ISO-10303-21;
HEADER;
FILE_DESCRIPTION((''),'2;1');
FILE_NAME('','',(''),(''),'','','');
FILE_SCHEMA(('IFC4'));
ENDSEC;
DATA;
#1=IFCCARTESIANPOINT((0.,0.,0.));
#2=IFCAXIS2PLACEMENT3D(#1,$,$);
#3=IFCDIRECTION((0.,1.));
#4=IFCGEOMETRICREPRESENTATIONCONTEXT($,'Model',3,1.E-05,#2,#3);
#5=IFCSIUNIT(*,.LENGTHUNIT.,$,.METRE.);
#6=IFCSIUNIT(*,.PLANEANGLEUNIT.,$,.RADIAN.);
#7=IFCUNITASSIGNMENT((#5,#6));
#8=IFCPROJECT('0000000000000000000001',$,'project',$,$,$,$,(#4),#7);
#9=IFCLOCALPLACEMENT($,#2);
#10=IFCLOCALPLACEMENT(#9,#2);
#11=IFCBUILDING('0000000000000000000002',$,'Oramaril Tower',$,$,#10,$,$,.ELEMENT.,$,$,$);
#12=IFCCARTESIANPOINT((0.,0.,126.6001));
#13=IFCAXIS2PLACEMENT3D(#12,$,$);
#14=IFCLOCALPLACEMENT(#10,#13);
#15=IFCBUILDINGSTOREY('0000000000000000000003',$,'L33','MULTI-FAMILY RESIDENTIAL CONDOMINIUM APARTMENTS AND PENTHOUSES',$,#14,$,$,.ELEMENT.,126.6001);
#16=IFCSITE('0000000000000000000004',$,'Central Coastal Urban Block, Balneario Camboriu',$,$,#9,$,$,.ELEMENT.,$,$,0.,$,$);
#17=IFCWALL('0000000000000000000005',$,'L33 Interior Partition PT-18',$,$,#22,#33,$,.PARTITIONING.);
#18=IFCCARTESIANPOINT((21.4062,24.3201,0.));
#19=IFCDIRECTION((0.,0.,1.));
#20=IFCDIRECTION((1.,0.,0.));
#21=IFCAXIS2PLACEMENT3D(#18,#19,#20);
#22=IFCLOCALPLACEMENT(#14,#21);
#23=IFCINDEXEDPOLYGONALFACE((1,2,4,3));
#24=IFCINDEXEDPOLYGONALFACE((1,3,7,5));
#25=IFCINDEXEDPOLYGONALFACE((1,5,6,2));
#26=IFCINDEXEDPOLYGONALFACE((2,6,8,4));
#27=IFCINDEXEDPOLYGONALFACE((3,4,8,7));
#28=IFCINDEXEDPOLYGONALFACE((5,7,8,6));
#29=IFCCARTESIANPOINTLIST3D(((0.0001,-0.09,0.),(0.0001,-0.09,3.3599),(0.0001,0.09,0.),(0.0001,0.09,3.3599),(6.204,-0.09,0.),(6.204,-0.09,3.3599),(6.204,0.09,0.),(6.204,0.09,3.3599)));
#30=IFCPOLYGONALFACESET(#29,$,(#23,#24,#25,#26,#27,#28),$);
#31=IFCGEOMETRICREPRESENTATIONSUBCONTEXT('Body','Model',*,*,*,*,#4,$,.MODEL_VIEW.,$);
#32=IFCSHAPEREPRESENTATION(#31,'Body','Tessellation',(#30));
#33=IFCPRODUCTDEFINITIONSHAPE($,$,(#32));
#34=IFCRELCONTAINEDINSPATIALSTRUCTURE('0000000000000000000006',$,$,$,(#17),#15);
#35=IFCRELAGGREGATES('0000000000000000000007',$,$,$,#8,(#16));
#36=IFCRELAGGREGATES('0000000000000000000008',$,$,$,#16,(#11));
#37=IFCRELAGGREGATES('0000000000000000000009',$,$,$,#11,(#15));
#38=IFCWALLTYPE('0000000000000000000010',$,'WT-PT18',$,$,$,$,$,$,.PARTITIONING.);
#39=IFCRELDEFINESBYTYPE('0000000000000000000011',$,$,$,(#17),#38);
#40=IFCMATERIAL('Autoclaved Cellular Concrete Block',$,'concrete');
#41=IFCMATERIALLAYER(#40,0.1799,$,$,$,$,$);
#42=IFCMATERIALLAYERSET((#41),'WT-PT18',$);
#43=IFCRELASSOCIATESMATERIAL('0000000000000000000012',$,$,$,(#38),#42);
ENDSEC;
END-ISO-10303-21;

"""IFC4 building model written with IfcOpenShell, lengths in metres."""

from ifc_helpers import new_model, si_unit, direction, frame, frame_2d, origin, place, context, subcontext, project, spatial, rectangle, extrude, material, layer, layer_set, type_object, element, save


model = new_model("IFC4")

# Units and contexts
model_context = context("Model", 3, precision=1e-05, world=origin(), true_north=direction((0.0, 1.0)))
body_context = subcontext(model_context, "Body", "Model", "MODEL_VIEW")
ifc_project = project(units=[si_unit("LENGTHUNIT", "METRE"), si_unit("PLANEANGLEUNIT", "RADIAN")], contexts=[model_context])

# Site, building, storey
site_placement = place(None, origin())
site = spatial("IfcSite", under=ifc_project, at=site_placement, Name="Central Coastal Urban Block, Balneario Camboriu", CompositionType="ELEMENT", RefElevation=0.0)
building_placement = place(site_placement, origin())
building = spatial("IfcBuilding", under=site, at=building_placement, Name="Oramaril Tower", CompositionType="ELEMENT")
storey_placement = place(building_placement, frame((0.0, 0.0, 126.6001)))
storey = spatial("IfcBuildingStorey", under=building, at=storey_placement, Name="L33", Description="MULTI-FAMILY RESIDENTIAL CONDOMINIUM APARTMENTS AND PENTHOUSES", CompositionType="ELEMENT", Elevation=126.6001)

# Wall
ifc_material_1 = material(Name="Autoclaved Cellular Concrete Block", Category="concrete")
ifc_layer_1 = layer(ifc_material_1, 0.1799)
ifc_layer_set_1 = layer_set([ifc_layer_1], Name="WT-PT18")
wall_type_1 = type_object("IfcWallType", Name="WT-PT18", PredefinedType="PARTITIONING", material=ifc_layer_set_1)
wall_1_placement = place(storey_placement, frame((21.4062, 24.3201, 0.0), z_axis=(0.0, 0.0, 1.0), x_axis=(1.0, 0.0, 0.0)))
element("IfcWall", 1, at=wall_1_placement, inside=storey, type_object=wall_type_1, Name="L33 Interior Partition PT-18", PredefinedType="PARTITIONING", context=body_context, shape_type="SweptSolid", body=[
    extrude(rectangle(XDim=6.2039, YDim=0.1799, at=frame_2d((3.1021, 0.0))), origin(), (0.0, 0.0, 1.0), 3.3599),
])

save(model, "model.ifc")
